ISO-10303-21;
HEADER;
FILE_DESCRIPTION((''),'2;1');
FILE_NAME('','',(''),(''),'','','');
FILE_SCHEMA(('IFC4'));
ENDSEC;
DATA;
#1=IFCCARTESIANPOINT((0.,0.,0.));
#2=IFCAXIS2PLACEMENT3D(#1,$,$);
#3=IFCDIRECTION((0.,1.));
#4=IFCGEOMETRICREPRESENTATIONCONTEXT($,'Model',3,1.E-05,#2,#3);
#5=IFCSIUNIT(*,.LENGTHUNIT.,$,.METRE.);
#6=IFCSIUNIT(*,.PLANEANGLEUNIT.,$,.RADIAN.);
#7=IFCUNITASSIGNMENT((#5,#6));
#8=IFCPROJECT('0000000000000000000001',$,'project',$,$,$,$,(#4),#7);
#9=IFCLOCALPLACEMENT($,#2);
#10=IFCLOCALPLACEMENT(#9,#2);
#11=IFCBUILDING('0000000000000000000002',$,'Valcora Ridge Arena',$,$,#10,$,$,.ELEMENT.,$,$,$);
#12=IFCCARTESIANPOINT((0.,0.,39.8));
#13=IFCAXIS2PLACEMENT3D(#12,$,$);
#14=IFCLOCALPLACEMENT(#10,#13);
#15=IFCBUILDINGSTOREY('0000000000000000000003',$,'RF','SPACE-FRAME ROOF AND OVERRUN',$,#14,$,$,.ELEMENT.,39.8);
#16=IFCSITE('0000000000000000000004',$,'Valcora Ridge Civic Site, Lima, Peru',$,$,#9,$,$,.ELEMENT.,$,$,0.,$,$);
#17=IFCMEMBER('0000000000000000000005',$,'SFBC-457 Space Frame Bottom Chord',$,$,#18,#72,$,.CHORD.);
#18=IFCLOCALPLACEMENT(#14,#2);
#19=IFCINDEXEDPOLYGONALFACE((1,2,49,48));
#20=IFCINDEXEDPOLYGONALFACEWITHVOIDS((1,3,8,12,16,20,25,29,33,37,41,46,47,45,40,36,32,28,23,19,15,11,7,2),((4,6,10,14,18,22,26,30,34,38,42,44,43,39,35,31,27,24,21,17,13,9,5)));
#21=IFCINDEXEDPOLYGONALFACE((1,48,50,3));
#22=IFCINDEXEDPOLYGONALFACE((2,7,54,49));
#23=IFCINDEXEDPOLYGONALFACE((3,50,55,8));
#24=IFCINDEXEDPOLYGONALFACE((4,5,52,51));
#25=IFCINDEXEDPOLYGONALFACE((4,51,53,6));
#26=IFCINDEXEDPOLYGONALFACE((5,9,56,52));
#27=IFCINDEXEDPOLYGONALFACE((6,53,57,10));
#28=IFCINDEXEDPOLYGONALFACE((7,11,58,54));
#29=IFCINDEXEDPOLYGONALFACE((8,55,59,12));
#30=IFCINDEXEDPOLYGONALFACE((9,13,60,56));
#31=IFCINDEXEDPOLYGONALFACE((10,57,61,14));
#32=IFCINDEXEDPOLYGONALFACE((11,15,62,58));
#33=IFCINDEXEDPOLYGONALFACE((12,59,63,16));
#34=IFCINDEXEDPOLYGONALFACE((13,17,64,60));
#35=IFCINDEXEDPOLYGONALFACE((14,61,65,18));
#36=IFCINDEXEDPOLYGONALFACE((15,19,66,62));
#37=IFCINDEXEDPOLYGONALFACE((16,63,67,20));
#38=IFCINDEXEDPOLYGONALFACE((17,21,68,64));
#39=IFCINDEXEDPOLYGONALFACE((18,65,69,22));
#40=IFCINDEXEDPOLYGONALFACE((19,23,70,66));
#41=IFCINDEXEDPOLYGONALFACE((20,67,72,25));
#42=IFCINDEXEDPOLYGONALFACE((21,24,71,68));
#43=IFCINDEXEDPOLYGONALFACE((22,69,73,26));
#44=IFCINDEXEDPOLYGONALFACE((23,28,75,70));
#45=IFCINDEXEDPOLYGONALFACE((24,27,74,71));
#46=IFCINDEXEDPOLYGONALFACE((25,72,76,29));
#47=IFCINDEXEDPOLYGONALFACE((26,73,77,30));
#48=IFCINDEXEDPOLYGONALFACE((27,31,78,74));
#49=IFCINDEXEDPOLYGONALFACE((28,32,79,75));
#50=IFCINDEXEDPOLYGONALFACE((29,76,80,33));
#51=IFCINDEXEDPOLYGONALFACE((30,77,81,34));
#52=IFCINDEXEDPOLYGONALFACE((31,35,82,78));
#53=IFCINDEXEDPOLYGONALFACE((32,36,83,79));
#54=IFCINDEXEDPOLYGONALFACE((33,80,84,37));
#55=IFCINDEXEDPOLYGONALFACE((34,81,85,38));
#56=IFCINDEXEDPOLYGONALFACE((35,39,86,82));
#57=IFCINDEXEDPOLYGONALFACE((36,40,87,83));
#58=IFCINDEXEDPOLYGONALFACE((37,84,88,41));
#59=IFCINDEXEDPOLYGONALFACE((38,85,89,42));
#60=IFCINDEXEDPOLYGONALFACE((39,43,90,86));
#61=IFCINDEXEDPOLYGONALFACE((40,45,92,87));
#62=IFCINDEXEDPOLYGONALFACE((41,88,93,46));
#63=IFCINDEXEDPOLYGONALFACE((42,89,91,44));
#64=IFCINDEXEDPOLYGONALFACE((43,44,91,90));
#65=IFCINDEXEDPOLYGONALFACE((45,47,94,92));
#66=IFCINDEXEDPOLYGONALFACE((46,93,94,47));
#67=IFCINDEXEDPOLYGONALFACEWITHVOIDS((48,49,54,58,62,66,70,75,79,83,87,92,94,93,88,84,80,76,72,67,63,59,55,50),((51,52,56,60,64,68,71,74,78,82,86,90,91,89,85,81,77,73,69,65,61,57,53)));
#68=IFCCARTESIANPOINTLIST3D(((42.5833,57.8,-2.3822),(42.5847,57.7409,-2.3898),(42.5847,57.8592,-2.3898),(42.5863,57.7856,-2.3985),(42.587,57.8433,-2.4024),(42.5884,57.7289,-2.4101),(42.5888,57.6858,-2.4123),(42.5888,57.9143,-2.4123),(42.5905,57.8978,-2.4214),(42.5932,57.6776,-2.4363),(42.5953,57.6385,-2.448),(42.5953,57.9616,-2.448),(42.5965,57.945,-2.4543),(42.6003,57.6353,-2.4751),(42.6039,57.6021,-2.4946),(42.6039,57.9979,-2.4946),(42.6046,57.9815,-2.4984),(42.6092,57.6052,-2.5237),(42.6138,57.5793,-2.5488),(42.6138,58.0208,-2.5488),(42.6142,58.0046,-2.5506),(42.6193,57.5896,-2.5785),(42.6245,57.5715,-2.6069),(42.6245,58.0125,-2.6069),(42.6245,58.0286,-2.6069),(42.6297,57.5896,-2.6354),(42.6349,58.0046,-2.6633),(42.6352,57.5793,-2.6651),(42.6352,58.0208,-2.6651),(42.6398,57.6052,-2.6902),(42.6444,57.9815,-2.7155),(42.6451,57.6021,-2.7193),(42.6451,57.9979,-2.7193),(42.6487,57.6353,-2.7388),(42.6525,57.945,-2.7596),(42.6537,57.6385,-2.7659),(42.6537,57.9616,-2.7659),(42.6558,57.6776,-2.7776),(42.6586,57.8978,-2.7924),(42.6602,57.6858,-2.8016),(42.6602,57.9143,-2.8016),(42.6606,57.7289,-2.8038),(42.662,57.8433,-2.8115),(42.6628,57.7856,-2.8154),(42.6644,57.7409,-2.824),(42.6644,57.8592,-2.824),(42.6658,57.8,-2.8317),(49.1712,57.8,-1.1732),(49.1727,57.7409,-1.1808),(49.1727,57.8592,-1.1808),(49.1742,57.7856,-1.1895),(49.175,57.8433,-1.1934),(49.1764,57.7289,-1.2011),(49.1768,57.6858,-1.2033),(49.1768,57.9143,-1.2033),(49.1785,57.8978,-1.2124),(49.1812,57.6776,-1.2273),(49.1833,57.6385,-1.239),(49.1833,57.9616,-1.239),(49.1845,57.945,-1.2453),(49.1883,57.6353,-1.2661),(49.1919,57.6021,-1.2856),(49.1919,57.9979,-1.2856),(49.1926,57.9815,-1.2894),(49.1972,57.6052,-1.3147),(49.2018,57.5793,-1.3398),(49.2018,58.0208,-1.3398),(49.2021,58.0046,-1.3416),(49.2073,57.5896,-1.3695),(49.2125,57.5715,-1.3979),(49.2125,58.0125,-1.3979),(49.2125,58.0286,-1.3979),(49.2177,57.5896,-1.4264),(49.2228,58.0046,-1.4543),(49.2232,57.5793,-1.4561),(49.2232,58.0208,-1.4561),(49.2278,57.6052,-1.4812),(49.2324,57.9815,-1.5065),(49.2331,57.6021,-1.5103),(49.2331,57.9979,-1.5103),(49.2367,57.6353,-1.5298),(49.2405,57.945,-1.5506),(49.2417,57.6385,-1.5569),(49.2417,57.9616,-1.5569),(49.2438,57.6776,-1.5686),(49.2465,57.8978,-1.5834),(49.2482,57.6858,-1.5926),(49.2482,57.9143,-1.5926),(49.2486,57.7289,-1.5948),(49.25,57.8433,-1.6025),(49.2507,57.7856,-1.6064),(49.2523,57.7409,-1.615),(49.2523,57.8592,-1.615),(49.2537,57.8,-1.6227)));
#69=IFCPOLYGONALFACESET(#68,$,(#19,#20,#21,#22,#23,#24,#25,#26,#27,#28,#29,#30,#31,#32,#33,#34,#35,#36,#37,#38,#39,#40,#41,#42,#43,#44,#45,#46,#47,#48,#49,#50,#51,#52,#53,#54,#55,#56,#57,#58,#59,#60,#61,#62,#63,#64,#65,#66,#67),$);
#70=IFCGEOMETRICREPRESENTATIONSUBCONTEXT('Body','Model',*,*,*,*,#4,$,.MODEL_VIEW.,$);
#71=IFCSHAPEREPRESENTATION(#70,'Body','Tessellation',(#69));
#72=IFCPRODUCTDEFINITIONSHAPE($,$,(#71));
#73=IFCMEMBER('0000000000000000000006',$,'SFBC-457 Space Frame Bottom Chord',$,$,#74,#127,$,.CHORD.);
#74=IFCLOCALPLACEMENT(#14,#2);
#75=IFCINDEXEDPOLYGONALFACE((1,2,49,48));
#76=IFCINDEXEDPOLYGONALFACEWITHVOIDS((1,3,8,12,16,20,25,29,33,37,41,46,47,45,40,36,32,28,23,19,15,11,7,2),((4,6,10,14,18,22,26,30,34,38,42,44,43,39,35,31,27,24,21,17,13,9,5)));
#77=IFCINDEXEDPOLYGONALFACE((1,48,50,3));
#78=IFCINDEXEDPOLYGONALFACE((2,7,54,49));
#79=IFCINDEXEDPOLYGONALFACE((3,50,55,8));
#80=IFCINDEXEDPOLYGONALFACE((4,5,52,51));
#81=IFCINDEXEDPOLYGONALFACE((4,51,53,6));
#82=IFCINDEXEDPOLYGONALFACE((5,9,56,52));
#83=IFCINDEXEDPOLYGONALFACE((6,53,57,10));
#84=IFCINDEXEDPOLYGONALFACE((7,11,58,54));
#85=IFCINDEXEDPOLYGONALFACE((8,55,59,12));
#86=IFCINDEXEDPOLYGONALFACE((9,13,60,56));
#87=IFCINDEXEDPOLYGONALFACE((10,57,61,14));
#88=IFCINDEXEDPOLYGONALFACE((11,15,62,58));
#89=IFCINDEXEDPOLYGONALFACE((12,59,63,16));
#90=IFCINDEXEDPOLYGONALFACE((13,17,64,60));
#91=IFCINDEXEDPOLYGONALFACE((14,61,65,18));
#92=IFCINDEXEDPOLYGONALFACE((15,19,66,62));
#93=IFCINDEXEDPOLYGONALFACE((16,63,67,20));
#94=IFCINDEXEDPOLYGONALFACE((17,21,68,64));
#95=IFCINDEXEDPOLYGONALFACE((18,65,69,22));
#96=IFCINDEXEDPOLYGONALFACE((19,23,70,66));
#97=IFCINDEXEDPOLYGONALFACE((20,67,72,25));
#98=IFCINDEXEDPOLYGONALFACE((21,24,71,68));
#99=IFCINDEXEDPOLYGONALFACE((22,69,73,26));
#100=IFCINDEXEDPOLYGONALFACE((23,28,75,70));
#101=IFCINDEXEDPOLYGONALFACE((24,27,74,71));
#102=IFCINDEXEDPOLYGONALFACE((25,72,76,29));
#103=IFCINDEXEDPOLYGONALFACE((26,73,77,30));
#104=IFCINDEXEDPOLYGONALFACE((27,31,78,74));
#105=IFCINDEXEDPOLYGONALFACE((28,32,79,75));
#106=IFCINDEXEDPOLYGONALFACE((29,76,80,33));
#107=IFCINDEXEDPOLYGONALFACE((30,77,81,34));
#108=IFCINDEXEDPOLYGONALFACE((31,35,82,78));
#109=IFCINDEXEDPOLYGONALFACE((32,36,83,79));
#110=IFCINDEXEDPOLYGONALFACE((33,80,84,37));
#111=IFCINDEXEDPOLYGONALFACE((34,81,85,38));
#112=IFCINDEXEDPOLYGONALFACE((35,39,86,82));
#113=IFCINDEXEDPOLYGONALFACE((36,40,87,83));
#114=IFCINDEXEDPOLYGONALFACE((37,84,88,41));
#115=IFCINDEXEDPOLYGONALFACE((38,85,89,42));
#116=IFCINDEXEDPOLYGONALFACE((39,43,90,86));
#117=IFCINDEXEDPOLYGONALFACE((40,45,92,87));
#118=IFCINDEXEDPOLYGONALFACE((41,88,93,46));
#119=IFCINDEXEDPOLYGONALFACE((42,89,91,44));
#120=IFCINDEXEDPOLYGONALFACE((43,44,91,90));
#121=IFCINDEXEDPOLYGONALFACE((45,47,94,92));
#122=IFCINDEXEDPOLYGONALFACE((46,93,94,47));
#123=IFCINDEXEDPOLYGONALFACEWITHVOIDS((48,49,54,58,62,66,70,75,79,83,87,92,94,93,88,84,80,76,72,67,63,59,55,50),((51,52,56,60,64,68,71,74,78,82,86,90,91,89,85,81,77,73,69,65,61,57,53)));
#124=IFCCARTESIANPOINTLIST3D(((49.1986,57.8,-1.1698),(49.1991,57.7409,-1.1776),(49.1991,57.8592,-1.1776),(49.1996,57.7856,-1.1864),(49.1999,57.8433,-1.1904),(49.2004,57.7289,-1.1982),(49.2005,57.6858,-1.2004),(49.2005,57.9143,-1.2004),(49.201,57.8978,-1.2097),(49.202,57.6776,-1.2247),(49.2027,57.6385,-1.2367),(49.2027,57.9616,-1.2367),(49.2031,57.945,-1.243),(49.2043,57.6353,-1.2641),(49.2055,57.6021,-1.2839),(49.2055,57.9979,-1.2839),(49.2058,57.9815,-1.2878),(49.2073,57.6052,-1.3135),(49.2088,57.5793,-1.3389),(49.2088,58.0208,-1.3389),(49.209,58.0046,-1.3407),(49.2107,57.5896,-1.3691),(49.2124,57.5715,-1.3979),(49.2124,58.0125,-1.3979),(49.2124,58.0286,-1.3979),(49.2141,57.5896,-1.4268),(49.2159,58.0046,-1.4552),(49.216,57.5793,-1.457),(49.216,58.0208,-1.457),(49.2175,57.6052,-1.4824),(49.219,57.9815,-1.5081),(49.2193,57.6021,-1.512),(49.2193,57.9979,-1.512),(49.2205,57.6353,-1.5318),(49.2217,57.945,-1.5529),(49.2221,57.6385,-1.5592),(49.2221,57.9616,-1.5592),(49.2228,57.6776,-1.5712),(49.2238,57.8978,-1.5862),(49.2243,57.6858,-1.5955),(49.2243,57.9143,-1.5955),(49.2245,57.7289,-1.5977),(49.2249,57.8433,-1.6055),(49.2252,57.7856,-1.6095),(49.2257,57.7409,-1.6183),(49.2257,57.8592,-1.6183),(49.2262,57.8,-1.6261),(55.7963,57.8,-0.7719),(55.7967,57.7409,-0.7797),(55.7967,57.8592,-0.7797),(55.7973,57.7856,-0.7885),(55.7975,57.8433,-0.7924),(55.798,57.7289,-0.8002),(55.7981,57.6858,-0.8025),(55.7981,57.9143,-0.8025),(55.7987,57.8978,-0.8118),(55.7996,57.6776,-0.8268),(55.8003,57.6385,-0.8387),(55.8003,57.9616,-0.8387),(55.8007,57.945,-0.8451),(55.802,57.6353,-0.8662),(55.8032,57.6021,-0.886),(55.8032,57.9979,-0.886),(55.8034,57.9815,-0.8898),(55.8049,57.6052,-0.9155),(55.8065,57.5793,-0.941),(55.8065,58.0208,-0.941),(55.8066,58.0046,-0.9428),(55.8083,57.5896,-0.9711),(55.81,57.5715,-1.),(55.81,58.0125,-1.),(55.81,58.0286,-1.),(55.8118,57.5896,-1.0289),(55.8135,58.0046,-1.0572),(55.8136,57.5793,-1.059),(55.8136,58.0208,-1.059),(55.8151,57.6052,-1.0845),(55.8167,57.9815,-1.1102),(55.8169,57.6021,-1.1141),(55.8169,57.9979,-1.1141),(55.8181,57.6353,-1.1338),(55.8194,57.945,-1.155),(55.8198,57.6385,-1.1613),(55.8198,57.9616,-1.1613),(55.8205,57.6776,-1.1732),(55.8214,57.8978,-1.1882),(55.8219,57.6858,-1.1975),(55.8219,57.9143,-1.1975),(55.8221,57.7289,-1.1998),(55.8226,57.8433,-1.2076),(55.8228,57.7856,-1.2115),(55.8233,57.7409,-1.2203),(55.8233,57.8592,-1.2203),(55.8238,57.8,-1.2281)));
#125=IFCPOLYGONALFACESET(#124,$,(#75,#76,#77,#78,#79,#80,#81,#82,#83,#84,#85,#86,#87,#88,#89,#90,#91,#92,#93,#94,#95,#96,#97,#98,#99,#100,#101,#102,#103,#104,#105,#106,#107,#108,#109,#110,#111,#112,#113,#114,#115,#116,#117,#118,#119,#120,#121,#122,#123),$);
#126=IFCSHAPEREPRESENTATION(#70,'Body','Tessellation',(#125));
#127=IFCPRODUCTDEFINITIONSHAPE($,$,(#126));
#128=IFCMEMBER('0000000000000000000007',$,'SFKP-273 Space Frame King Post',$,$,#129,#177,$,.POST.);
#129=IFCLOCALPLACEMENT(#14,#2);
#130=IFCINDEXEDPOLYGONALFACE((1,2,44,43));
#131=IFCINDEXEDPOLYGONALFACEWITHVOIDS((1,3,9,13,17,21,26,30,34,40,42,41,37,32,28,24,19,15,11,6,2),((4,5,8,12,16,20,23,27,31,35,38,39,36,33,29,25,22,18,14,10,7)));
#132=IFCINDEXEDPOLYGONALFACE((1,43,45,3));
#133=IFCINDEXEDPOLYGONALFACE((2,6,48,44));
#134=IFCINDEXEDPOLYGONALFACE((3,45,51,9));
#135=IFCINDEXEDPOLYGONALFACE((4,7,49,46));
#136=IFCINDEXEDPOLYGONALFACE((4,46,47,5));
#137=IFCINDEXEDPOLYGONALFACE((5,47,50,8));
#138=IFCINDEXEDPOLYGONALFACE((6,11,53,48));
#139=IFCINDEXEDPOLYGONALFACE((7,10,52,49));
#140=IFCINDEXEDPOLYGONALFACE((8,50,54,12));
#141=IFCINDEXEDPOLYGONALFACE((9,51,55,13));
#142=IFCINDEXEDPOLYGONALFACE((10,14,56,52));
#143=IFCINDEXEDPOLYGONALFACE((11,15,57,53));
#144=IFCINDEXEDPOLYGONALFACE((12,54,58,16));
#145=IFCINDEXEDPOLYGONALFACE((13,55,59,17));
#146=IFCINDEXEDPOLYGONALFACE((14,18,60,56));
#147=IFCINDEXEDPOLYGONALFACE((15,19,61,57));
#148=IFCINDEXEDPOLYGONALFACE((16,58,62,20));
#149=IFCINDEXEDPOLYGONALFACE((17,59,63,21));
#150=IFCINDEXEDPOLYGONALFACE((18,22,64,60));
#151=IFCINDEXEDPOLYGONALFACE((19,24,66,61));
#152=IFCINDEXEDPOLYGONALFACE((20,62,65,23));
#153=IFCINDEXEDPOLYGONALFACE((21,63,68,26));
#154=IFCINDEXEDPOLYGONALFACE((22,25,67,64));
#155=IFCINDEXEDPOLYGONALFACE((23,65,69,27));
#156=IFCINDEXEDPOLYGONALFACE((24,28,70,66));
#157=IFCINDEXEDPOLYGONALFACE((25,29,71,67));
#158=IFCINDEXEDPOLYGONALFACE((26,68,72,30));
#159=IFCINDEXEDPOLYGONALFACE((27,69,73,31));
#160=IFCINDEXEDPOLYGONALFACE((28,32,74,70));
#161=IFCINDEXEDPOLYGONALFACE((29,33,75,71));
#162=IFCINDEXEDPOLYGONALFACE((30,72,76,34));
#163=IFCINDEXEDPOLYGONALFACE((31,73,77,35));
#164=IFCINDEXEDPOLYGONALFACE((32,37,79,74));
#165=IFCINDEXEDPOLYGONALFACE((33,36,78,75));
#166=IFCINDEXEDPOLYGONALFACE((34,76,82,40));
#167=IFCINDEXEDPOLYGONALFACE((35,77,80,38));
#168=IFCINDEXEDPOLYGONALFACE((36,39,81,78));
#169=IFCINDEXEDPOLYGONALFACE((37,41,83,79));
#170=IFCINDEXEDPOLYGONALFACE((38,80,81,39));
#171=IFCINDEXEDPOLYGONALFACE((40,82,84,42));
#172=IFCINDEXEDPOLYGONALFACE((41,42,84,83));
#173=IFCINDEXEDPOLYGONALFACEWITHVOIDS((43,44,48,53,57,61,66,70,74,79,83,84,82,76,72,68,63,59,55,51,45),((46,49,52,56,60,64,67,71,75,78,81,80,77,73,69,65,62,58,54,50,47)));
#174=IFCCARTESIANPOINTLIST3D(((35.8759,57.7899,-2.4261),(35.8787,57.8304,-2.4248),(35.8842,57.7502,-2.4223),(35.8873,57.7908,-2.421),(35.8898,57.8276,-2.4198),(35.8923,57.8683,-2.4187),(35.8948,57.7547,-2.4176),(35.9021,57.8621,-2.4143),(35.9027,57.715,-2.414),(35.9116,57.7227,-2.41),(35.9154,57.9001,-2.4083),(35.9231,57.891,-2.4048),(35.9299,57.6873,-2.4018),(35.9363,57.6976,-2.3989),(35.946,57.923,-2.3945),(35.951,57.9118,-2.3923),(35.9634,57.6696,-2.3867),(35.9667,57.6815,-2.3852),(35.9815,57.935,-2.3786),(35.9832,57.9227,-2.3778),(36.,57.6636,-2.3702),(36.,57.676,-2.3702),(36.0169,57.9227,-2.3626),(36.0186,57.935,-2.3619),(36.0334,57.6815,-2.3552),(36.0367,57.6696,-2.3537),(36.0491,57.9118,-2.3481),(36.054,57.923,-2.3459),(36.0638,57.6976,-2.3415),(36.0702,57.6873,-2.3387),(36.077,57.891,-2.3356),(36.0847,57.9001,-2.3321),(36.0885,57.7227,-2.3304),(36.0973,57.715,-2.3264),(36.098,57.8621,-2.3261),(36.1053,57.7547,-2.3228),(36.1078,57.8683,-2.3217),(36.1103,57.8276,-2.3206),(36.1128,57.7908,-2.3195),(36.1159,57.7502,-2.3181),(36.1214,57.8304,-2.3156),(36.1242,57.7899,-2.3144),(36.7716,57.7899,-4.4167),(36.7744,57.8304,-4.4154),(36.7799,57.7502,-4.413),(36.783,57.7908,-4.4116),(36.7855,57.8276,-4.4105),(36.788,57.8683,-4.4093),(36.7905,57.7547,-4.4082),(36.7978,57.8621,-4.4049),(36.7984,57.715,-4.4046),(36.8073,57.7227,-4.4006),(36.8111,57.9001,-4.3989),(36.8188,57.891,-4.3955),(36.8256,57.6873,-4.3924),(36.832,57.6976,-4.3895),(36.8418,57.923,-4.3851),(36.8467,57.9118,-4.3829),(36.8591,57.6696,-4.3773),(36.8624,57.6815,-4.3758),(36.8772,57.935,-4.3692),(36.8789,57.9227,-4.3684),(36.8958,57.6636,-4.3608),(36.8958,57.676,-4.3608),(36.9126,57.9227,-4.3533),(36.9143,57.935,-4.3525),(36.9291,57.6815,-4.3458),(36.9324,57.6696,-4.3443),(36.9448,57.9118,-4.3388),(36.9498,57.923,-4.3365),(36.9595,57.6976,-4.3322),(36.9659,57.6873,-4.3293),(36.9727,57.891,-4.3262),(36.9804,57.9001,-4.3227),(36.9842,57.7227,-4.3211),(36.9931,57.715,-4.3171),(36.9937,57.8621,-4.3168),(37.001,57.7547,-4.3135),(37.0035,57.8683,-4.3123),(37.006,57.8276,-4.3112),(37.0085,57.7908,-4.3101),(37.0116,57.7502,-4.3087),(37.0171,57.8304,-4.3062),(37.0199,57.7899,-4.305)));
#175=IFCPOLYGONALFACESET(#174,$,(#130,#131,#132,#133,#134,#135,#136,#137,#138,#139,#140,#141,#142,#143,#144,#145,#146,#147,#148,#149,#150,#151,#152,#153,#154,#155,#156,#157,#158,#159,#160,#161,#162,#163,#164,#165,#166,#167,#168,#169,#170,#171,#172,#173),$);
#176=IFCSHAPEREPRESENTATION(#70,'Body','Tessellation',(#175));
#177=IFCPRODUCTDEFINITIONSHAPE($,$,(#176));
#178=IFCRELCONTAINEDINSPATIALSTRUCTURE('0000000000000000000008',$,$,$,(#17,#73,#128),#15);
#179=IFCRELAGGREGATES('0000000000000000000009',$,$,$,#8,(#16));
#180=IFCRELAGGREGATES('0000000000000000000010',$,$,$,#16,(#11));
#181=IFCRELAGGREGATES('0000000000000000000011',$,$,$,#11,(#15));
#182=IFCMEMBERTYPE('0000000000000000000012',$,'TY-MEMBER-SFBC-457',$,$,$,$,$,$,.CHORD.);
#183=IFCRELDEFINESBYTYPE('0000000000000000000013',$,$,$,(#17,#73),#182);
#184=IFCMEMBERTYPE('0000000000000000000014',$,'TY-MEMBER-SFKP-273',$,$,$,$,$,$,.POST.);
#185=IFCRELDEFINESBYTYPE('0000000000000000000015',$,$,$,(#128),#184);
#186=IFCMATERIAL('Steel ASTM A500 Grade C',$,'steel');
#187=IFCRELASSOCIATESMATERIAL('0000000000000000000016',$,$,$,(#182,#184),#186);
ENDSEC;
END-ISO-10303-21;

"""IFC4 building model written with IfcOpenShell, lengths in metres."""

from ifc_helpers import new_model, si_unit, direction, frame, origin, origin_2d, place, context, subcontext, project, spatial, hollow_circle, extrude, material, material_profile, profile_set, type_object, element, save


model = new_model("IFC4")

# Units and contexts
model_context = context("Model", 3, precision=1e-05, world=origin(), true_north=direction((0.0, 1.0)))
body_context = subcontext(model_context, "Body", "Model", "MODEL_VIEW")
ifc_project = project(units=[si_unit("LENGTHUNIT", "METRE"), si_unit("PLANEANGLEUNIT", "RADIAN")], contexts=[model_context])

# Site, building, storey
site_placement = place(None, origin())
site = spatial("IfcSite", under=ifc_project, at=site_placement, Name="Valcora Ridge Civic Site, Lima, Peru", CompositionType="ELEMENT", RefElevation=0.0)
building_placement = place(site_placement, origin())
building = spatial("IfcBuilding", under=site, at=building_placement, Name="Valcora Ridge Arena", CompositionType="ELEMENT")
storey_placement = place(building_placement, frame((0.0, 0.0, 39.8)))
storey = spatial("IfcBuildingStorey", under=building, at=storey_placement, Name="RF", Description="SPACE-FRAME ROOF AND OVERRUN", CompositionType="ELEMENT", Elevation=39.8)

# Members
ifc_material_1 = material(Name="Steel ASTM A500 Grade C", Category="steel")
ifc_material_profile_1 = material_profile(ifc_material_1, hollow_circle(Radius=0.2285, WallThickness=0.0161, at=origin_2d()), Name="CHS457X16")
ifc_profile_set_1 = profile_set([ifc_material_profile_1], Name="Steel ASTM A500 Grade C")
member_type_1 = type_object("IfcMemberType", Name="TY-MEMBER-SFBC-457", PredefinedType="CHORD", material=ifc_profile_set_1)
member_1_placement = place(storey_placement, frame((42.6245, 57.8, -2.6069), z_axis=(0.983575, 0.0, 0.180502), x_axis=(0.0, 1.0, 0.0)))
element("IfcMember", 1, at=member_1_placement, inside=storey, type_object=member_type_1, Name="SFBC-457 Space Frame Bottom Chord", PredefinedType="CHORD", context=body_context, shape_type="SweptSolid", body=[
    extrude(hollow_circle(Radius=0.2285, WallThickness=0.0161, at=origin_2d()), origin(), (0.0, 0.0, 1.0), 6.698),
])
member_2_placement = place(storey_placement, frame((49.2124, 57.8, -1.3979), z_axis=(0.998186, 0.0, 0.060207), x_axis=(0.0, 1.0, 0.0)))
element("IfcMember", 2, at=member_2_placement, inside=storey, type_object=member_type_1, Name="SFBC-457 Space Frame Bottom Chord", PredefinedType="CHORD", context=body_context, shape_type="SweptSolid", body=[
    extrude(hollow_circle(Radius=0.2285, WallThickness=0.0161, at=origin_2d()), origin(), (0.0, 0.0, 1.0), 6.6096),
])
ifc_material_profile_2 = material_profile(ifc_material_1, hollow_circle(Radius=0.1365, WallThickness=0.0125, at=origin_2d()), Name="CHS273X12")
ifc_profile_set_2 = profile_set([ifc_material_profile_2], Name="Steel ASTM A500 Grade C")
member_type_2 = type_object("IfcMemberType", Name="TY-MEMBER-SFKP-273", PredefinedType="POST", material=ifc_profile_set_2)
member_3_placement = place(storey_placement, frame((36.8958, 57.8, -4.3608), z_axis=(-0.410337, 0.0, 0.911934), x_axis=(0.0, -1.0, 0.0)))
element("IfcMember", 3, at=member_3_placement, inside=storey, type_object=member_type_2, Name="SFKP-273 Space Frame King Post", PredefinedType="POST", context=body_context, shape_type="SweptSolid", body=[
    extrude(hollow_circle(Radius=0.1365, WallThickness=0.0125, at=origin_2d()), origin(), (0.0, 0.0, 1.0), 2.1829),
])

save(model, "model.ifc")
